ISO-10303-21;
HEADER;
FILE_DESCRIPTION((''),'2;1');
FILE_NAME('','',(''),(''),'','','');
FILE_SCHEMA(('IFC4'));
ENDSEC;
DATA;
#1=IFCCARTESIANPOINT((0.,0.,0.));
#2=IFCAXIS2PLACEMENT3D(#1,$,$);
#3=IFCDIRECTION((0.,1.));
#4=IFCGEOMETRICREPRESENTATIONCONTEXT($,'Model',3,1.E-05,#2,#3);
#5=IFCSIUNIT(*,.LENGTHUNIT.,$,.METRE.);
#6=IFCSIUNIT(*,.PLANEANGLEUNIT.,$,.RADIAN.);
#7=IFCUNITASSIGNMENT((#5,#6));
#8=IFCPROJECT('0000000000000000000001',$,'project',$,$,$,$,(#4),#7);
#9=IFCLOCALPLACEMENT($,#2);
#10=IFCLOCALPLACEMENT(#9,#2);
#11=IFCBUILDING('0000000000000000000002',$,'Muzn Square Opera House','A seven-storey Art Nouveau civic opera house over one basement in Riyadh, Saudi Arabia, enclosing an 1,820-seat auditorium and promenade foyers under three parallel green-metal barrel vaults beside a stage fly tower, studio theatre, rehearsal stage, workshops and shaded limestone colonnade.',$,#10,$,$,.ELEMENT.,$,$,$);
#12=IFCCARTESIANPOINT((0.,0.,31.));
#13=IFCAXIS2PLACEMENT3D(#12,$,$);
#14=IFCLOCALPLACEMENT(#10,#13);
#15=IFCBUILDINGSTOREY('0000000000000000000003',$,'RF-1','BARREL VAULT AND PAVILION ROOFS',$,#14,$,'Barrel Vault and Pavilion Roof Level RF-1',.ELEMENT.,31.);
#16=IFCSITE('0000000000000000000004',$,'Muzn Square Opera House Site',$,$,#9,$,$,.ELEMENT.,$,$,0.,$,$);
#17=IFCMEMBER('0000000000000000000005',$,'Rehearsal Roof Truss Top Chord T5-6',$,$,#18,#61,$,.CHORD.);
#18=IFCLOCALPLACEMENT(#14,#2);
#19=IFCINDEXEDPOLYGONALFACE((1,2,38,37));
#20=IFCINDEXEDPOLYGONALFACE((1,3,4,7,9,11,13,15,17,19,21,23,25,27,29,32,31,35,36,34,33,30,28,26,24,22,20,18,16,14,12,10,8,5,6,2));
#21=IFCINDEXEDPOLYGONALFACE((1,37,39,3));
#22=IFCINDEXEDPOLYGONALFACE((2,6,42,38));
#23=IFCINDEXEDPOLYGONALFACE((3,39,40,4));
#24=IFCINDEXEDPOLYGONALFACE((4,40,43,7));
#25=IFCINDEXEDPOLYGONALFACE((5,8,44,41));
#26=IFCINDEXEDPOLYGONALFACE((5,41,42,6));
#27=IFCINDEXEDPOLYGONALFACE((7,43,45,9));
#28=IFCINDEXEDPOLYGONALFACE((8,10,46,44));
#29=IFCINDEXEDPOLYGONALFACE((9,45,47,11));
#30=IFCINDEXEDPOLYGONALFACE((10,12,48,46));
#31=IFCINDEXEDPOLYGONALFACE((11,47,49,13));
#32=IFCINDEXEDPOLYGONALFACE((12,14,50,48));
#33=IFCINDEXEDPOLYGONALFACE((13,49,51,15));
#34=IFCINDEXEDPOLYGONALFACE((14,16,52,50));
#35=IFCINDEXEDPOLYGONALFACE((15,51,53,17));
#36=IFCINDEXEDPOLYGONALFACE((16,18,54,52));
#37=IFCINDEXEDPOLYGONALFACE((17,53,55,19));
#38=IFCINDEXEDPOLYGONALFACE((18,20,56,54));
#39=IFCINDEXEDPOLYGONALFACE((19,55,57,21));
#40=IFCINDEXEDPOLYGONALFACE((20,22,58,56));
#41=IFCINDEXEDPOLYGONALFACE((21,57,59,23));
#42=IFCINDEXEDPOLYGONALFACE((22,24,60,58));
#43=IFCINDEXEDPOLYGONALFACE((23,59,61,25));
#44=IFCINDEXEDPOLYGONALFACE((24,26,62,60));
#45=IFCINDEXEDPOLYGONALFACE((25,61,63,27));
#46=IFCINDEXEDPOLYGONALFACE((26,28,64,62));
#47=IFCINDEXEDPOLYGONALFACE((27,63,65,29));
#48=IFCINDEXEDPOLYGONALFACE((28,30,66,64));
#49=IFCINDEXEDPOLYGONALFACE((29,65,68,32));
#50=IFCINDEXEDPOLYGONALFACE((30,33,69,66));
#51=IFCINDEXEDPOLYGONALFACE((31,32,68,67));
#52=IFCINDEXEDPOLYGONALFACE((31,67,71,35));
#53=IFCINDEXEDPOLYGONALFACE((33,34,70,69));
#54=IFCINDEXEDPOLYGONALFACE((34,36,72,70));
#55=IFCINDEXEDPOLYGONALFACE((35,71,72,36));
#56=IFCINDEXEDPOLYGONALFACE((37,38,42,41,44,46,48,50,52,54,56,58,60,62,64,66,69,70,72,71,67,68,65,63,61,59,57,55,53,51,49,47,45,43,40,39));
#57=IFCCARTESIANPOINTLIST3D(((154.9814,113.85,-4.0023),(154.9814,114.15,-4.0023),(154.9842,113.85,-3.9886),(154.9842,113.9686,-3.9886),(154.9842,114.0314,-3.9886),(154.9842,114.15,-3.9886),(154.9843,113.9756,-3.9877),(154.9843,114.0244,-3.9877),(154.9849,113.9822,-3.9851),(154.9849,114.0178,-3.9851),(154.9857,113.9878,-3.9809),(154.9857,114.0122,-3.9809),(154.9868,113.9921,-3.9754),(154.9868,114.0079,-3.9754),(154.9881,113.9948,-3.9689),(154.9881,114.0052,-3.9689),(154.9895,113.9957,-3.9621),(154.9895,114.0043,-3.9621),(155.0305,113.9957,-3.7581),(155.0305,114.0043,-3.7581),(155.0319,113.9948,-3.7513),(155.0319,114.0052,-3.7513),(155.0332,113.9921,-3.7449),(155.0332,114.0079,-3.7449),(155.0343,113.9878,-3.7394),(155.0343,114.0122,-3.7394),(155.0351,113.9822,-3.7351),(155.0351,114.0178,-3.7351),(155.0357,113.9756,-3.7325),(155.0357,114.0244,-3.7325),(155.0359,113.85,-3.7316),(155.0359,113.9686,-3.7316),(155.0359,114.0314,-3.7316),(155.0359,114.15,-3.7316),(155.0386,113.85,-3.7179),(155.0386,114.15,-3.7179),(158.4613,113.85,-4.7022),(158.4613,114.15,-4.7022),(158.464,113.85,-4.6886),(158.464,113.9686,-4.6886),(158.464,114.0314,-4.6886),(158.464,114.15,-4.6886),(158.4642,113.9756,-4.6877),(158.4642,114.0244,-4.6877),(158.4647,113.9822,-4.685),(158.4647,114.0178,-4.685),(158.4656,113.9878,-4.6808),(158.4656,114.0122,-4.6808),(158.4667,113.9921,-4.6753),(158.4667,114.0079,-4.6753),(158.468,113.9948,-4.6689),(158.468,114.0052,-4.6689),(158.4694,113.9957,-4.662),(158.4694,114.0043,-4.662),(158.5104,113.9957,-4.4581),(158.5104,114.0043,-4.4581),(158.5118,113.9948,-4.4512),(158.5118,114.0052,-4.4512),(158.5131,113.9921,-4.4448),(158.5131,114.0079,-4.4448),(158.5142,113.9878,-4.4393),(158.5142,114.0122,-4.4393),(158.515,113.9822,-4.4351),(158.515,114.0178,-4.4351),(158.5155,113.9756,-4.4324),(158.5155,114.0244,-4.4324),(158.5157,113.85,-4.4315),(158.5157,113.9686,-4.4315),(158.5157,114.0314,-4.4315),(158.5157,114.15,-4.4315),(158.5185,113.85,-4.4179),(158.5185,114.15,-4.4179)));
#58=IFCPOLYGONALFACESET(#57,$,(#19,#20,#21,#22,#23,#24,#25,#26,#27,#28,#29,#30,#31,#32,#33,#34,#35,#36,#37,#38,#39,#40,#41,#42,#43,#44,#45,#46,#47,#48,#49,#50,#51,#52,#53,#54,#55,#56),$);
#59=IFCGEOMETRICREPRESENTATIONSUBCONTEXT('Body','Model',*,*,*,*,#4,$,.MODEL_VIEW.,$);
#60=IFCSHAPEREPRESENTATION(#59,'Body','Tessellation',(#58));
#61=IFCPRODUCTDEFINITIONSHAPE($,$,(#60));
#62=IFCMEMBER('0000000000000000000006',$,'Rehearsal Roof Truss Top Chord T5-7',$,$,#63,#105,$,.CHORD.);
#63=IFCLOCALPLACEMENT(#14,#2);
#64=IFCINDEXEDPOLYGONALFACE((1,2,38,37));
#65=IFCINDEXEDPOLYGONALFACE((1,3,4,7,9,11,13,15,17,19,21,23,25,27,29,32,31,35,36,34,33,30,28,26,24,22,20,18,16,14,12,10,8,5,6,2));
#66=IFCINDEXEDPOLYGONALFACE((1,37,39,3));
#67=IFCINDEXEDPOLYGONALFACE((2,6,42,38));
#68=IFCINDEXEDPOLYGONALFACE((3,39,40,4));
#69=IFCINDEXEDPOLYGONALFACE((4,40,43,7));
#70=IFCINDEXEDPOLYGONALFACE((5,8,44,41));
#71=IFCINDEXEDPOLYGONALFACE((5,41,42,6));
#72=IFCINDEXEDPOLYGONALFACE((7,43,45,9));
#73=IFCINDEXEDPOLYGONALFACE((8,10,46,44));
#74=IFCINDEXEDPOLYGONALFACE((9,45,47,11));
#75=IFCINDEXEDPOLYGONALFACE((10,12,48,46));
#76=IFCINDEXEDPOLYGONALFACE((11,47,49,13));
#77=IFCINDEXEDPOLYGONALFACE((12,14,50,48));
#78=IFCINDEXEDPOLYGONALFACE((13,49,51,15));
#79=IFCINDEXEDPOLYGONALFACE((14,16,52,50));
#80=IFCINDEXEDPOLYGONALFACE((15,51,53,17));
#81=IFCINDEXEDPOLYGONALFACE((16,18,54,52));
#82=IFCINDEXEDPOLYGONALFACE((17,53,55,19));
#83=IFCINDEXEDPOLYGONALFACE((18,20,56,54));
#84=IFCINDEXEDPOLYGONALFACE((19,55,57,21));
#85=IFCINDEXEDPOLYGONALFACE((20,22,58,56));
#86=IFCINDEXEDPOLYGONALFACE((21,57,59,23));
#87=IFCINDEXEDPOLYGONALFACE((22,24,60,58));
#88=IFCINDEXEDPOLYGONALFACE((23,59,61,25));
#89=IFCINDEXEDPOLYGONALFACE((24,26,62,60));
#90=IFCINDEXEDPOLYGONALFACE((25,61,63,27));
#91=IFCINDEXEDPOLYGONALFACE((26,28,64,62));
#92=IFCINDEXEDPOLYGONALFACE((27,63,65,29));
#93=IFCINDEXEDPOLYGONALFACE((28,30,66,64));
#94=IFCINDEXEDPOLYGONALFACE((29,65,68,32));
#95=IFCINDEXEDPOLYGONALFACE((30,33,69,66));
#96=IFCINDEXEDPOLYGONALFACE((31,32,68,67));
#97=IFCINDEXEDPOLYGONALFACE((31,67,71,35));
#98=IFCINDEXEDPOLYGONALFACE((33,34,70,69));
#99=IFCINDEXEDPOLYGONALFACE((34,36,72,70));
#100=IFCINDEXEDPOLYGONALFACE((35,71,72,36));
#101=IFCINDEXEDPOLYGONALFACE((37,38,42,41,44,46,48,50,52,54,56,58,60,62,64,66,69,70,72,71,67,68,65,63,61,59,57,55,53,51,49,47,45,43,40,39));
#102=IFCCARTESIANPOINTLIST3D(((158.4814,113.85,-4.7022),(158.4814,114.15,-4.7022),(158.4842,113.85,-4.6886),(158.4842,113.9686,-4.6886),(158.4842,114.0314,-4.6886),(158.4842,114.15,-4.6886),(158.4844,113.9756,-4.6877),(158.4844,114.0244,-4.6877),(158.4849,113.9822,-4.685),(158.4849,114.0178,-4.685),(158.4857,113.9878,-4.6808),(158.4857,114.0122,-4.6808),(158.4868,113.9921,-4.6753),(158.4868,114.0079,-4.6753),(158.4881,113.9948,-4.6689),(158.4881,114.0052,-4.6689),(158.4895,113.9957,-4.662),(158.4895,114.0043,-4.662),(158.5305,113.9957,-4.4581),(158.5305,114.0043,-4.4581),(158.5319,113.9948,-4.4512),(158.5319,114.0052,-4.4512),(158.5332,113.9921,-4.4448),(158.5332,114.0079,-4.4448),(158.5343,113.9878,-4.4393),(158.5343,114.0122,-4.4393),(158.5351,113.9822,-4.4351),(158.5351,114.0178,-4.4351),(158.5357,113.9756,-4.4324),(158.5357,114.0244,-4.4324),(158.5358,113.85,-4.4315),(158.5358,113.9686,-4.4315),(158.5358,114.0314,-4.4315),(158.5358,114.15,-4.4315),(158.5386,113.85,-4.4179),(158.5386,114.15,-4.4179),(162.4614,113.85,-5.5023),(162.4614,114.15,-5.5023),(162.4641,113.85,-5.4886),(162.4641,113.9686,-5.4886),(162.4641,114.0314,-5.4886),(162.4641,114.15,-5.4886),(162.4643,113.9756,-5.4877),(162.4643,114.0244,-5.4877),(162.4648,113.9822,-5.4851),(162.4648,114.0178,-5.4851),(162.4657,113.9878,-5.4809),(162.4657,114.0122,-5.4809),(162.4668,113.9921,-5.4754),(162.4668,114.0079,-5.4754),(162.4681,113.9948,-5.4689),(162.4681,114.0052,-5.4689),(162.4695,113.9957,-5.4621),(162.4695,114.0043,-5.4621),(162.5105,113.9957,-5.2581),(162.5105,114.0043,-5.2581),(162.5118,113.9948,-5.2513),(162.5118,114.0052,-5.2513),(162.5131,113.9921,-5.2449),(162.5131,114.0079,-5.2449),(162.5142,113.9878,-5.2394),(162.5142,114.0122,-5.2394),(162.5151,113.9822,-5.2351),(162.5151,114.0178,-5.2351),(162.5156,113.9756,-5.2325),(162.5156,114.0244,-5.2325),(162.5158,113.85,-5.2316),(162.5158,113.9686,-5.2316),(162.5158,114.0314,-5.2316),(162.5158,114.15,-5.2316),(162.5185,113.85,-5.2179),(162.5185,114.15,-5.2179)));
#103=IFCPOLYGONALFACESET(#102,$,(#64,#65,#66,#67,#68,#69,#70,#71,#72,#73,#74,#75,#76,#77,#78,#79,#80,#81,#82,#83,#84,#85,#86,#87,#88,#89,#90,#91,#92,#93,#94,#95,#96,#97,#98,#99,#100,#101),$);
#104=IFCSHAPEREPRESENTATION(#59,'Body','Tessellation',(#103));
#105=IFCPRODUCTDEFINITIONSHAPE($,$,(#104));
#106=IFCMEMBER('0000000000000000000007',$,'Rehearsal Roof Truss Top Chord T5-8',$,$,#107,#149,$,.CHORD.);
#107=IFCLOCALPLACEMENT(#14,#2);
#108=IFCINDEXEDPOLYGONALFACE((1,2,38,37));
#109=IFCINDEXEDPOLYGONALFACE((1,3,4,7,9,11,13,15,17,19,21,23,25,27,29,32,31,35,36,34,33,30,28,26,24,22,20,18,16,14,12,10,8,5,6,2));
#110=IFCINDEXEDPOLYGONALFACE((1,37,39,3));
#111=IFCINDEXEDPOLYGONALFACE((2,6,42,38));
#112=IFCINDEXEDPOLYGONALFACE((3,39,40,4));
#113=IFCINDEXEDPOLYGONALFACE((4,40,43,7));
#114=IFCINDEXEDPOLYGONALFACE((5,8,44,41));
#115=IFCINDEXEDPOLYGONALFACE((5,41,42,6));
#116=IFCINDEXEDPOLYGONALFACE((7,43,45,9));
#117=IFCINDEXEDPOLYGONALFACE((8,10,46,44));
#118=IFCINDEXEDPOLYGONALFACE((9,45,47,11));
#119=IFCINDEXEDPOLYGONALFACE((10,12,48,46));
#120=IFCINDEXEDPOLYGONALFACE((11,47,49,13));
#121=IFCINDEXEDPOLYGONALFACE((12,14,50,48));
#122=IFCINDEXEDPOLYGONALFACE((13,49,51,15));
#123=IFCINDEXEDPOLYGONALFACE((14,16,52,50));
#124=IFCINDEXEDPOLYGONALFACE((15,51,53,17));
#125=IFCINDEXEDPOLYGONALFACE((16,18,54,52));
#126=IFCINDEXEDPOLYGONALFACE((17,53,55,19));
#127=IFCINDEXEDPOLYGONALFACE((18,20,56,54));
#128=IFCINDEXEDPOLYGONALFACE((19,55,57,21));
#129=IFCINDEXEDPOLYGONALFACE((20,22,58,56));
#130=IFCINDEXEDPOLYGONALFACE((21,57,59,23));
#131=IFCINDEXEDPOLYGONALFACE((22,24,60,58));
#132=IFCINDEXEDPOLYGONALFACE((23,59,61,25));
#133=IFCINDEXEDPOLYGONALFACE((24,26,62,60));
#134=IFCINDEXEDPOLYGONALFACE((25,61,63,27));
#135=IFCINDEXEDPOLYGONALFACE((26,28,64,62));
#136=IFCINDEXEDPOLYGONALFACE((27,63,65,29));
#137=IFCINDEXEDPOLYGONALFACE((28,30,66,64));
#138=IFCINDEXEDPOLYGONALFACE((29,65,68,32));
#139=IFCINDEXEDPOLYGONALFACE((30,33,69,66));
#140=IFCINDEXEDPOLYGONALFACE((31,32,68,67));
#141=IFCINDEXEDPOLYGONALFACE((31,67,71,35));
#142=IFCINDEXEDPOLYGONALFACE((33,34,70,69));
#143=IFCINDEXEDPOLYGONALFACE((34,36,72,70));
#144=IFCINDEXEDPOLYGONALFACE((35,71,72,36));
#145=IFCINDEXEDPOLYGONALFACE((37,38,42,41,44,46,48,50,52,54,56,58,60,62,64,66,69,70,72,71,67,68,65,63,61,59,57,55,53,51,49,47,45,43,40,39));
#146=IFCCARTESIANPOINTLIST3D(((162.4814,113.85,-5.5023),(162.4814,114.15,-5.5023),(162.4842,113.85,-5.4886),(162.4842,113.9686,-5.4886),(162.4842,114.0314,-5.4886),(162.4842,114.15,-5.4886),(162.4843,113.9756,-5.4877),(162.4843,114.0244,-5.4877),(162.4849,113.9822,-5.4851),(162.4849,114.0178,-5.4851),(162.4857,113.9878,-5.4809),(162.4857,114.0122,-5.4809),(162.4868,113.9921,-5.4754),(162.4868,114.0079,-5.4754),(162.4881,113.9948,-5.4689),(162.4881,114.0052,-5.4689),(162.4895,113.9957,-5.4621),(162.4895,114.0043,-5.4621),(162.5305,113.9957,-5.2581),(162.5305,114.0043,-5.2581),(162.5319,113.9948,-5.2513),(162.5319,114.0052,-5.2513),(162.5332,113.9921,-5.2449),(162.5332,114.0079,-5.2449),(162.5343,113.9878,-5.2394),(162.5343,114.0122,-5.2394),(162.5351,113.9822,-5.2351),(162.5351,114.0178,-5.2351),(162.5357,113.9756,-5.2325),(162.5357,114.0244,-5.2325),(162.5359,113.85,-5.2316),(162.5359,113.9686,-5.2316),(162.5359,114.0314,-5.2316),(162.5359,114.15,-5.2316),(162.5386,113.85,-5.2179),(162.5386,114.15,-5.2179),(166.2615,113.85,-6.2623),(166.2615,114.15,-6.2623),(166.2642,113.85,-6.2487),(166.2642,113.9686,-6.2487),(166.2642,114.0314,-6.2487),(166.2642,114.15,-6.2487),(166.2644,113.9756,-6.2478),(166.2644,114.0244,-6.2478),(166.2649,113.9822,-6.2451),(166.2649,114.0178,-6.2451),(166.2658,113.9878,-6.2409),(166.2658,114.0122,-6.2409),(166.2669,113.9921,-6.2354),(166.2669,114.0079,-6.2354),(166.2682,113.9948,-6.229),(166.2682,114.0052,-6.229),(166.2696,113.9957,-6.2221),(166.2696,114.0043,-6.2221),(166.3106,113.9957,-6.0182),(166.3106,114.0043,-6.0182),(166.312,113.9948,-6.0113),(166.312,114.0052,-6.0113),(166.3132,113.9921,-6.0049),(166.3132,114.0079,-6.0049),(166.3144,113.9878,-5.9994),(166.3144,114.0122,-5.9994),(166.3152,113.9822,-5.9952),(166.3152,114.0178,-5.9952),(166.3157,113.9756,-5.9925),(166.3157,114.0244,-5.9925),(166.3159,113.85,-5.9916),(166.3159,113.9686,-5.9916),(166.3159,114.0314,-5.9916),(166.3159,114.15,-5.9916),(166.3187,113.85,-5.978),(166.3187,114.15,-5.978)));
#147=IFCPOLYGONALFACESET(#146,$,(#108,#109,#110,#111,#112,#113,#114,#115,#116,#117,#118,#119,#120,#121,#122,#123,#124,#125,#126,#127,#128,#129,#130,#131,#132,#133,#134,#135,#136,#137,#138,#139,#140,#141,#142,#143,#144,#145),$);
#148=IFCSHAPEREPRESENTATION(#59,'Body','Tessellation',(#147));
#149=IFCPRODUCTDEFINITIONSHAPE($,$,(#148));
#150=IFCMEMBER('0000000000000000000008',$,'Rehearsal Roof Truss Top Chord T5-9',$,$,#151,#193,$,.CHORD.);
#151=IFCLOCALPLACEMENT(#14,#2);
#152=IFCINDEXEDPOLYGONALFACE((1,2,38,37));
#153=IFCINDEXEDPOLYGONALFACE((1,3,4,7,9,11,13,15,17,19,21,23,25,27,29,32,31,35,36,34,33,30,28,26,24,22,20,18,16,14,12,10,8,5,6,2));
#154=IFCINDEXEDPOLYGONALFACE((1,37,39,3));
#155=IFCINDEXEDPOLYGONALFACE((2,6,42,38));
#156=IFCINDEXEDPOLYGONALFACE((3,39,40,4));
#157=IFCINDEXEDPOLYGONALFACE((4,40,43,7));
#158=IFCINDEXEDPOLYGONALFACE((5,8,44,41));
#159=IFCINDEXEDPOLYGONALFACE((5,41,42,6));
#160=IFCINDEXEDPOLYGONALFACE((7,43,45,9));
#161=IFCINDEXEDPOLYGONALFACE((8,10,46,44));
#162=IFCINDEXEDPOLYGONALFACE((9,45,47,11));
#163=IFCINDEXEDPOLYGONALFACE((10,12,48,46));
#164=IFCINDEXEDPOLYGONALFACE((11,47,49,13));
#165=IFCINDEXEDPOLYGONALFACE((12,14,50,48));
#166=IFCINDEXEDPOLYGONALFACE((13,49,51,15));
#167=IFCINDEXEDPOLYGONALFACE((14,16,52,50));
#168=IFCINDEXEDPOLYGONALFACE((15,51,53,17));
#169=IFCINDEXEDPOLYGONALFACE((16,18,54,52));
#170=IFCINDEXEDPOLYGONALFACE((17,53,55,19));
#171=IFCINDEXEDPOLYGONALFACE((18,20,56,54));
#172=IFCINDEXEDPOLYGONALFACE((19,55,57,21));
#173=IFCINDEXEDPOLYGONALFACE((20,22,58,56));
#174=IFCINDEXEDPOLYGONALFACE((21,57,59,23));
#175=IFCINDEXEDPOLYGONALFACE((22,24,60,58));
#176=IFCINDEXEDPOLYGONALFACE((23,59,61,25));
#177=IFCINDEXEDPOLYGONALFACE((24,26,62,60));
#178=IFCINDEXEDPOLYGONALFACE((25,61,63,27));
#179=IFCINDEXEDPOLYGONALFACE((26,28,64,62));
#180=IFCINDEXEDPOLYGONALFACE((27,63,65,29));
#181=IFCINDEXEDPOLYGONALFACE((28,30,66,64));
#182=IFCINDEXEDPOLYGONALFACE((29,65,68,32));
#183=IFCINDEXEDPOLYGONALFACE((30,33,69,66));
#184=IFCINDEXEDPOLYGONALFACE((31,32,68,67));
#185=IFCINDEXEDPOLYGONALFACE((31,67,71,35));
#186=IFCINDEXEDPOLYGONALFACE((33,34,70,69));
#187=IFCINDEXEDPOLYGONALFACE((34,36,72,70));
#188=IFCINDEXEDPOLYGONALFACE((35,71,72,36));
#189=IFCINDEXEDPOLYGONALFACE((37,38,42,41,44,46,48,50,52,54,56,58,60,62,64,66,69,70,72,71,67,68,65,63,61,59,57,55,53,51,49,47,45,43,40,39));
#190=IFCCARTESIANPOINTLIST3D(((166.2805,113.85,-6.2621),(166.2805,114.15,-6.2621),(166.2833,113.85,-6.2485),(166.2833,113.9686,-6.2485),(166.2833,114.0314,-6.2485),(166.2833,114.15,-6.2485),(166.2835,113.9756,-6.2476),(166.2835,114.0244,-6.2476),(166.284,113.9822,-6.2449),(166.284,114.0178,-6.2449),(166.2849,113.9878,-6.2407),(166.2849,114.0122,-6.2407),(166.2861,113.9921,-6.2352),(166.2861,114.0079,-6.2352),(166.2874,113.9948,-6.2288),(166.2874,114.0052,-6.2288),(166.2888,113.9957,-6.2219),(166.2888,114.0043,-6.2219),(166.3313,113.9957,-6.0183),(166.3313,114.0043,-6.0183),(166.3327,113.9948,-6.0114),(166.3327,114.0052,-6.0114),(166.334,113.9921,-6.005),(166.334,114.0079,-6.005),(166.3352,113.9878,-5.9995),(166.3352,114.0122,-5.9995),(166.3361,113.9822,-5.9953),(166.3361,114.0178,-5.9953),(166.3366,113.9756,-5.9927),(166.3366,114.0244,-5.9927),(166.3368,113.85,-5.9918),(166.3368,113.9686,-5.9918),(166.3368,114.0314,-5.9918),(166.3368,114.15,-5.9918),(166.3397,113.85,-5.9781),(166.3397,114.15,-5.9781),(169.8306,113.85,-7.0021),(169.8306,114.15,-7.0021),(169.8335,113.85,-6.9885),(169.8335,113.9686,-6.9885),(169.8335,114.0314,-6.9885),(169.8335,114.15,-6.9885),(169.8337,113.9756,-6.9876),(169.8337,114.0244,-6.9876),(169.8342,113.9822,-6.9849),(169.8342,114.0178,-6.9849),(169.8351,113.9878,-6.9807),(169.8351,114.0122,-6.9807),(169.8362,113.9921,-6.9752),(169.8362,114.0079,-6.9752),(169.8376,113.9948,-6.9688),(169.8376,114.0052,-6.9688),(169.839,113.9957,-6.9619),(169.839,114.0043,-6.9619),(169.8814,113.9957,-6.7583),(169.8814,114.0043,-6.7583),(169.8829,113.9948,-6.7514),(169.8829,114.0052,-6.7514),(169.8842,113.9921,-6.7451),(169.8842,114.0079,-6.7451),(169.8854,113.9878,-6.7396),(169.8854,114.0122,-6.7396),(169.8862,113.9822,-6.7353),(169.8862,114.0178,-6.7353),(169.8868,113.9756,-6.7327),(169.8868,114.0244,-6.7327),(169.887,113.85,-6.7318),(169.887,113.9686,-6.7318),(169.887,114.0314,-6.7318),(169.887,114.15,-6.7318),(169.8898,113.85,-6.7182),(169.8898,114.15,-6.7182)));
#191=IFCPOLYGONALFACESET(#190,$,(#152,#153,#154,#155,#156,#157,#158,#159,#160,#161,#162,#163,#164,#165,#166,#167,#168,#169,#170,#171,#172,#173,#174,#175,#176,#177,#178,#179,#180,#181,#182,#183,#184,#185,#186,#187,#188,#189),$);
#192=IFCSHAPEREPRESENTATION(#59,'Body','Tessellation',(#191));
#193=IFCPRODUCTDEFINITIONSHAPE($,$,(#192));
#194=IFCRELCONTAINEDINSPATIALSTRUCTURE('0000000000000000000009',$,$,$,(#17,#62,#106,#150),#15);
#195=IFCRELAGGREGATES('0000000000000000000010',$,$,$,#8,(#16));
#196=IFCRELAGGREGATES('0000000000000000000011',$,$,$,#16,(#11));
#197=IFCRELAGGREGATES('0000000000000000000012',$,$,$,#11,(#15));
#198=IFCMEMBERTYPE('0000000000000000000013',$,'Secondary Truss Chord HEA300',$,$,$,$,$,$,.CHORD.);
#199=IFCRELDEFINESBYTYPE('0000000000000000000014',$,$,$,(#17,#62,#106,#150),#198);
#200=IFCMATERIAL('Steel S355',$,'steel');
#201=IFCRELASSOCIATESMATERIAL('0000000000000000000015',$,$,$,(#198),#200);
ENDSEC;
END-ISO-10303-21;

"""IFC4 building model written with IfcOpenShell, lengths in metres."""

from ifc_helpers import new_model, si_unit, direction, frame, origin, origin_2d, place, context, subcontext, project, spatial, i_section, extrude, material, material_profile, profile_set, type_object, element, save


model = new_model("IFC4")

# Units and contexts
model_context = context("Model", 3, precision=1e-05, world=origin(), true_north=direction((0.0, 1.0)))
body_context = subcontext(model_context, "Body", "Model", "MODEL_VIEW")
ifc_project = project(units=[si_unit("LENGTHUNIT", "METRE"), si_unit("PLANEANGLEUNIT", "RADIAN")], contexts=[model_context])

# Site, building, storey
site_placement = place(None, origin())
site = spatial("IfcSite", under=ifc_project, at=site_placement, Name="Muzn Square Opera House Site", CompositionType="ELEMENT", RefElevation=0.0)
building_placement = place(site_placement, origin())
building = spatial("IfcBuilding", under=site, at=building_placement, Name="Muzn Square Opera House", Description="A seven-storey Art Nouveau civic opera house over one basement in Riyadh, Saudi Arabia, enclosing an 1,820-seat auditorium and promenade foyers under three parallel green-metal barrel vaults beside a stage fly tower, studio theatre, rehearsal stage, workshops and shaded limestone colonnade.", CompositionType="ELEMENT")
storey_placement = place(building_placement, frame((0.0, 0.0, 31.0)))
storey = spatial("IfcBuildingStorey", under=building, at=storey_placement, Name="RF-1", Description="BARREL VAULT AND PAVILION ROOFS", LongName="Barrel Vault and Pavilion Roof Level RF-1", CompositionType="ELEMENT", Elevation=31.0)

# Shared definitions
ifc_material = material(Name="Steel S355", Category="steel")

# Members
ifc_material_profile_1 = material_profile(ifc_material, i_section(OverallWidth=0.3, OverallDepth=0.29, WebThickness=0.0085, FlangeThickness=0.0139, FilletRadius=0.0271, at=origin_2d()), Name="HEA 300", Category="steel")
ifc_profile_set_1 = profile_set([ifc_material_profile_1], Name="Steel S355")
member_type_1 = type_object("IfcMemberType", Name="Secondary Truss Chord HEA300", PredefinedType="CHORD", material=ifc_profile_set_1)
member_1_placement = place(storey_placement, frame((155.01, 114.0, -3.8601), z_axis=(0.980366, 0.0, -0.197187), x_axis=(0.0, 1.0, 0.0)))
element("IfcMember", 1, at=member_1_placement, inside=storey, type_object=member_type_1, Name="Rehearsal Roof Truss Top Chord T5-6", PredefinedType="CHORD", context=body_context, shape_type="SweptSolid", body=[
    extrude(i_section(OverallWidth=0.3, OverallDepth=0.29, WebThickness=0.0085, FlangeThickness=0.0139, FilletRadius=0.0271, at=origin_2d()), origin(), (0.0, 0.0, 1.0), 3.5496),
])
member_2_placement = place(storey_placement, frame((158.51, 114.0, -4.5601), z_axis=(0.980388, 0.0, -0.197076), x_axis=(0.0, 1.0, 0.0)))
element("IfcMember", 2, at=member_2_placement, inside=storey, type_object=member_type_1, Name="Rehearsal Roof Truss Top Chord T5-7", PredefinedType="CHORD", context=body_context, shape_type="SweptSolid", body=[
    extrude(i_section(OverallWidth=0.3, OverallDepth=0.29, WebThickness=0.0085, FlangeThickness=0.0139, FilletRadius=0.0271, at=origin_2d()), origin(), (0.0, 0.0, 1.0), 4.0596),
])
member_3_placement = place(storey_placement, frame((162.51, 114.0, -5.3601), z_axis=(0.98038, 0.0, -0.197115), x_axis=(0.0, 1.0, 0.0)))
element("IfcMember", 3, at=member_3_placement, inside=storey, type_object=member_type_1, Name="Rehearsal Roof Truss Top Chord T5-8", PredefinedType="CHORD", context=body_context, shape_type="SweptSolid", body=[
    extrude(i_section(OverallWidth=0.3, OverallDepth=0.29, WebThickness=0.0085, FlangeThickness=0.0139, FilletRadius=0.0271, at=origin_2d()), origin(), (0.0, 0.0, 1.0), 3.8557),
])
member_4_placement = place(storey_placement, frame((166.3101, 114.0, -6.1201), z_axis=(0.978959, 0.0, -0.204059), x_axis=(0.0, 1.0, 0.0)))
element("IfcMember", 4, at=member_4_placement, inside=storey, type_object=member_type_1, Name="Rehearsal Roof Truss Top Chord T5-9", PredefinedType="CHORD", context=body_context, shape_type="SweptSolid", body=[
    extrude(i_section(OverallWidth=0.3, OverallDepth=0.29, WebThickness=0.0085, FlangeThickness=0.0139, FilletRadius=0.0271, at=origin_2d()), origin(), (0.0, 0.0, 1.0), 3.6265),
])

save(model, "model.ifc")
